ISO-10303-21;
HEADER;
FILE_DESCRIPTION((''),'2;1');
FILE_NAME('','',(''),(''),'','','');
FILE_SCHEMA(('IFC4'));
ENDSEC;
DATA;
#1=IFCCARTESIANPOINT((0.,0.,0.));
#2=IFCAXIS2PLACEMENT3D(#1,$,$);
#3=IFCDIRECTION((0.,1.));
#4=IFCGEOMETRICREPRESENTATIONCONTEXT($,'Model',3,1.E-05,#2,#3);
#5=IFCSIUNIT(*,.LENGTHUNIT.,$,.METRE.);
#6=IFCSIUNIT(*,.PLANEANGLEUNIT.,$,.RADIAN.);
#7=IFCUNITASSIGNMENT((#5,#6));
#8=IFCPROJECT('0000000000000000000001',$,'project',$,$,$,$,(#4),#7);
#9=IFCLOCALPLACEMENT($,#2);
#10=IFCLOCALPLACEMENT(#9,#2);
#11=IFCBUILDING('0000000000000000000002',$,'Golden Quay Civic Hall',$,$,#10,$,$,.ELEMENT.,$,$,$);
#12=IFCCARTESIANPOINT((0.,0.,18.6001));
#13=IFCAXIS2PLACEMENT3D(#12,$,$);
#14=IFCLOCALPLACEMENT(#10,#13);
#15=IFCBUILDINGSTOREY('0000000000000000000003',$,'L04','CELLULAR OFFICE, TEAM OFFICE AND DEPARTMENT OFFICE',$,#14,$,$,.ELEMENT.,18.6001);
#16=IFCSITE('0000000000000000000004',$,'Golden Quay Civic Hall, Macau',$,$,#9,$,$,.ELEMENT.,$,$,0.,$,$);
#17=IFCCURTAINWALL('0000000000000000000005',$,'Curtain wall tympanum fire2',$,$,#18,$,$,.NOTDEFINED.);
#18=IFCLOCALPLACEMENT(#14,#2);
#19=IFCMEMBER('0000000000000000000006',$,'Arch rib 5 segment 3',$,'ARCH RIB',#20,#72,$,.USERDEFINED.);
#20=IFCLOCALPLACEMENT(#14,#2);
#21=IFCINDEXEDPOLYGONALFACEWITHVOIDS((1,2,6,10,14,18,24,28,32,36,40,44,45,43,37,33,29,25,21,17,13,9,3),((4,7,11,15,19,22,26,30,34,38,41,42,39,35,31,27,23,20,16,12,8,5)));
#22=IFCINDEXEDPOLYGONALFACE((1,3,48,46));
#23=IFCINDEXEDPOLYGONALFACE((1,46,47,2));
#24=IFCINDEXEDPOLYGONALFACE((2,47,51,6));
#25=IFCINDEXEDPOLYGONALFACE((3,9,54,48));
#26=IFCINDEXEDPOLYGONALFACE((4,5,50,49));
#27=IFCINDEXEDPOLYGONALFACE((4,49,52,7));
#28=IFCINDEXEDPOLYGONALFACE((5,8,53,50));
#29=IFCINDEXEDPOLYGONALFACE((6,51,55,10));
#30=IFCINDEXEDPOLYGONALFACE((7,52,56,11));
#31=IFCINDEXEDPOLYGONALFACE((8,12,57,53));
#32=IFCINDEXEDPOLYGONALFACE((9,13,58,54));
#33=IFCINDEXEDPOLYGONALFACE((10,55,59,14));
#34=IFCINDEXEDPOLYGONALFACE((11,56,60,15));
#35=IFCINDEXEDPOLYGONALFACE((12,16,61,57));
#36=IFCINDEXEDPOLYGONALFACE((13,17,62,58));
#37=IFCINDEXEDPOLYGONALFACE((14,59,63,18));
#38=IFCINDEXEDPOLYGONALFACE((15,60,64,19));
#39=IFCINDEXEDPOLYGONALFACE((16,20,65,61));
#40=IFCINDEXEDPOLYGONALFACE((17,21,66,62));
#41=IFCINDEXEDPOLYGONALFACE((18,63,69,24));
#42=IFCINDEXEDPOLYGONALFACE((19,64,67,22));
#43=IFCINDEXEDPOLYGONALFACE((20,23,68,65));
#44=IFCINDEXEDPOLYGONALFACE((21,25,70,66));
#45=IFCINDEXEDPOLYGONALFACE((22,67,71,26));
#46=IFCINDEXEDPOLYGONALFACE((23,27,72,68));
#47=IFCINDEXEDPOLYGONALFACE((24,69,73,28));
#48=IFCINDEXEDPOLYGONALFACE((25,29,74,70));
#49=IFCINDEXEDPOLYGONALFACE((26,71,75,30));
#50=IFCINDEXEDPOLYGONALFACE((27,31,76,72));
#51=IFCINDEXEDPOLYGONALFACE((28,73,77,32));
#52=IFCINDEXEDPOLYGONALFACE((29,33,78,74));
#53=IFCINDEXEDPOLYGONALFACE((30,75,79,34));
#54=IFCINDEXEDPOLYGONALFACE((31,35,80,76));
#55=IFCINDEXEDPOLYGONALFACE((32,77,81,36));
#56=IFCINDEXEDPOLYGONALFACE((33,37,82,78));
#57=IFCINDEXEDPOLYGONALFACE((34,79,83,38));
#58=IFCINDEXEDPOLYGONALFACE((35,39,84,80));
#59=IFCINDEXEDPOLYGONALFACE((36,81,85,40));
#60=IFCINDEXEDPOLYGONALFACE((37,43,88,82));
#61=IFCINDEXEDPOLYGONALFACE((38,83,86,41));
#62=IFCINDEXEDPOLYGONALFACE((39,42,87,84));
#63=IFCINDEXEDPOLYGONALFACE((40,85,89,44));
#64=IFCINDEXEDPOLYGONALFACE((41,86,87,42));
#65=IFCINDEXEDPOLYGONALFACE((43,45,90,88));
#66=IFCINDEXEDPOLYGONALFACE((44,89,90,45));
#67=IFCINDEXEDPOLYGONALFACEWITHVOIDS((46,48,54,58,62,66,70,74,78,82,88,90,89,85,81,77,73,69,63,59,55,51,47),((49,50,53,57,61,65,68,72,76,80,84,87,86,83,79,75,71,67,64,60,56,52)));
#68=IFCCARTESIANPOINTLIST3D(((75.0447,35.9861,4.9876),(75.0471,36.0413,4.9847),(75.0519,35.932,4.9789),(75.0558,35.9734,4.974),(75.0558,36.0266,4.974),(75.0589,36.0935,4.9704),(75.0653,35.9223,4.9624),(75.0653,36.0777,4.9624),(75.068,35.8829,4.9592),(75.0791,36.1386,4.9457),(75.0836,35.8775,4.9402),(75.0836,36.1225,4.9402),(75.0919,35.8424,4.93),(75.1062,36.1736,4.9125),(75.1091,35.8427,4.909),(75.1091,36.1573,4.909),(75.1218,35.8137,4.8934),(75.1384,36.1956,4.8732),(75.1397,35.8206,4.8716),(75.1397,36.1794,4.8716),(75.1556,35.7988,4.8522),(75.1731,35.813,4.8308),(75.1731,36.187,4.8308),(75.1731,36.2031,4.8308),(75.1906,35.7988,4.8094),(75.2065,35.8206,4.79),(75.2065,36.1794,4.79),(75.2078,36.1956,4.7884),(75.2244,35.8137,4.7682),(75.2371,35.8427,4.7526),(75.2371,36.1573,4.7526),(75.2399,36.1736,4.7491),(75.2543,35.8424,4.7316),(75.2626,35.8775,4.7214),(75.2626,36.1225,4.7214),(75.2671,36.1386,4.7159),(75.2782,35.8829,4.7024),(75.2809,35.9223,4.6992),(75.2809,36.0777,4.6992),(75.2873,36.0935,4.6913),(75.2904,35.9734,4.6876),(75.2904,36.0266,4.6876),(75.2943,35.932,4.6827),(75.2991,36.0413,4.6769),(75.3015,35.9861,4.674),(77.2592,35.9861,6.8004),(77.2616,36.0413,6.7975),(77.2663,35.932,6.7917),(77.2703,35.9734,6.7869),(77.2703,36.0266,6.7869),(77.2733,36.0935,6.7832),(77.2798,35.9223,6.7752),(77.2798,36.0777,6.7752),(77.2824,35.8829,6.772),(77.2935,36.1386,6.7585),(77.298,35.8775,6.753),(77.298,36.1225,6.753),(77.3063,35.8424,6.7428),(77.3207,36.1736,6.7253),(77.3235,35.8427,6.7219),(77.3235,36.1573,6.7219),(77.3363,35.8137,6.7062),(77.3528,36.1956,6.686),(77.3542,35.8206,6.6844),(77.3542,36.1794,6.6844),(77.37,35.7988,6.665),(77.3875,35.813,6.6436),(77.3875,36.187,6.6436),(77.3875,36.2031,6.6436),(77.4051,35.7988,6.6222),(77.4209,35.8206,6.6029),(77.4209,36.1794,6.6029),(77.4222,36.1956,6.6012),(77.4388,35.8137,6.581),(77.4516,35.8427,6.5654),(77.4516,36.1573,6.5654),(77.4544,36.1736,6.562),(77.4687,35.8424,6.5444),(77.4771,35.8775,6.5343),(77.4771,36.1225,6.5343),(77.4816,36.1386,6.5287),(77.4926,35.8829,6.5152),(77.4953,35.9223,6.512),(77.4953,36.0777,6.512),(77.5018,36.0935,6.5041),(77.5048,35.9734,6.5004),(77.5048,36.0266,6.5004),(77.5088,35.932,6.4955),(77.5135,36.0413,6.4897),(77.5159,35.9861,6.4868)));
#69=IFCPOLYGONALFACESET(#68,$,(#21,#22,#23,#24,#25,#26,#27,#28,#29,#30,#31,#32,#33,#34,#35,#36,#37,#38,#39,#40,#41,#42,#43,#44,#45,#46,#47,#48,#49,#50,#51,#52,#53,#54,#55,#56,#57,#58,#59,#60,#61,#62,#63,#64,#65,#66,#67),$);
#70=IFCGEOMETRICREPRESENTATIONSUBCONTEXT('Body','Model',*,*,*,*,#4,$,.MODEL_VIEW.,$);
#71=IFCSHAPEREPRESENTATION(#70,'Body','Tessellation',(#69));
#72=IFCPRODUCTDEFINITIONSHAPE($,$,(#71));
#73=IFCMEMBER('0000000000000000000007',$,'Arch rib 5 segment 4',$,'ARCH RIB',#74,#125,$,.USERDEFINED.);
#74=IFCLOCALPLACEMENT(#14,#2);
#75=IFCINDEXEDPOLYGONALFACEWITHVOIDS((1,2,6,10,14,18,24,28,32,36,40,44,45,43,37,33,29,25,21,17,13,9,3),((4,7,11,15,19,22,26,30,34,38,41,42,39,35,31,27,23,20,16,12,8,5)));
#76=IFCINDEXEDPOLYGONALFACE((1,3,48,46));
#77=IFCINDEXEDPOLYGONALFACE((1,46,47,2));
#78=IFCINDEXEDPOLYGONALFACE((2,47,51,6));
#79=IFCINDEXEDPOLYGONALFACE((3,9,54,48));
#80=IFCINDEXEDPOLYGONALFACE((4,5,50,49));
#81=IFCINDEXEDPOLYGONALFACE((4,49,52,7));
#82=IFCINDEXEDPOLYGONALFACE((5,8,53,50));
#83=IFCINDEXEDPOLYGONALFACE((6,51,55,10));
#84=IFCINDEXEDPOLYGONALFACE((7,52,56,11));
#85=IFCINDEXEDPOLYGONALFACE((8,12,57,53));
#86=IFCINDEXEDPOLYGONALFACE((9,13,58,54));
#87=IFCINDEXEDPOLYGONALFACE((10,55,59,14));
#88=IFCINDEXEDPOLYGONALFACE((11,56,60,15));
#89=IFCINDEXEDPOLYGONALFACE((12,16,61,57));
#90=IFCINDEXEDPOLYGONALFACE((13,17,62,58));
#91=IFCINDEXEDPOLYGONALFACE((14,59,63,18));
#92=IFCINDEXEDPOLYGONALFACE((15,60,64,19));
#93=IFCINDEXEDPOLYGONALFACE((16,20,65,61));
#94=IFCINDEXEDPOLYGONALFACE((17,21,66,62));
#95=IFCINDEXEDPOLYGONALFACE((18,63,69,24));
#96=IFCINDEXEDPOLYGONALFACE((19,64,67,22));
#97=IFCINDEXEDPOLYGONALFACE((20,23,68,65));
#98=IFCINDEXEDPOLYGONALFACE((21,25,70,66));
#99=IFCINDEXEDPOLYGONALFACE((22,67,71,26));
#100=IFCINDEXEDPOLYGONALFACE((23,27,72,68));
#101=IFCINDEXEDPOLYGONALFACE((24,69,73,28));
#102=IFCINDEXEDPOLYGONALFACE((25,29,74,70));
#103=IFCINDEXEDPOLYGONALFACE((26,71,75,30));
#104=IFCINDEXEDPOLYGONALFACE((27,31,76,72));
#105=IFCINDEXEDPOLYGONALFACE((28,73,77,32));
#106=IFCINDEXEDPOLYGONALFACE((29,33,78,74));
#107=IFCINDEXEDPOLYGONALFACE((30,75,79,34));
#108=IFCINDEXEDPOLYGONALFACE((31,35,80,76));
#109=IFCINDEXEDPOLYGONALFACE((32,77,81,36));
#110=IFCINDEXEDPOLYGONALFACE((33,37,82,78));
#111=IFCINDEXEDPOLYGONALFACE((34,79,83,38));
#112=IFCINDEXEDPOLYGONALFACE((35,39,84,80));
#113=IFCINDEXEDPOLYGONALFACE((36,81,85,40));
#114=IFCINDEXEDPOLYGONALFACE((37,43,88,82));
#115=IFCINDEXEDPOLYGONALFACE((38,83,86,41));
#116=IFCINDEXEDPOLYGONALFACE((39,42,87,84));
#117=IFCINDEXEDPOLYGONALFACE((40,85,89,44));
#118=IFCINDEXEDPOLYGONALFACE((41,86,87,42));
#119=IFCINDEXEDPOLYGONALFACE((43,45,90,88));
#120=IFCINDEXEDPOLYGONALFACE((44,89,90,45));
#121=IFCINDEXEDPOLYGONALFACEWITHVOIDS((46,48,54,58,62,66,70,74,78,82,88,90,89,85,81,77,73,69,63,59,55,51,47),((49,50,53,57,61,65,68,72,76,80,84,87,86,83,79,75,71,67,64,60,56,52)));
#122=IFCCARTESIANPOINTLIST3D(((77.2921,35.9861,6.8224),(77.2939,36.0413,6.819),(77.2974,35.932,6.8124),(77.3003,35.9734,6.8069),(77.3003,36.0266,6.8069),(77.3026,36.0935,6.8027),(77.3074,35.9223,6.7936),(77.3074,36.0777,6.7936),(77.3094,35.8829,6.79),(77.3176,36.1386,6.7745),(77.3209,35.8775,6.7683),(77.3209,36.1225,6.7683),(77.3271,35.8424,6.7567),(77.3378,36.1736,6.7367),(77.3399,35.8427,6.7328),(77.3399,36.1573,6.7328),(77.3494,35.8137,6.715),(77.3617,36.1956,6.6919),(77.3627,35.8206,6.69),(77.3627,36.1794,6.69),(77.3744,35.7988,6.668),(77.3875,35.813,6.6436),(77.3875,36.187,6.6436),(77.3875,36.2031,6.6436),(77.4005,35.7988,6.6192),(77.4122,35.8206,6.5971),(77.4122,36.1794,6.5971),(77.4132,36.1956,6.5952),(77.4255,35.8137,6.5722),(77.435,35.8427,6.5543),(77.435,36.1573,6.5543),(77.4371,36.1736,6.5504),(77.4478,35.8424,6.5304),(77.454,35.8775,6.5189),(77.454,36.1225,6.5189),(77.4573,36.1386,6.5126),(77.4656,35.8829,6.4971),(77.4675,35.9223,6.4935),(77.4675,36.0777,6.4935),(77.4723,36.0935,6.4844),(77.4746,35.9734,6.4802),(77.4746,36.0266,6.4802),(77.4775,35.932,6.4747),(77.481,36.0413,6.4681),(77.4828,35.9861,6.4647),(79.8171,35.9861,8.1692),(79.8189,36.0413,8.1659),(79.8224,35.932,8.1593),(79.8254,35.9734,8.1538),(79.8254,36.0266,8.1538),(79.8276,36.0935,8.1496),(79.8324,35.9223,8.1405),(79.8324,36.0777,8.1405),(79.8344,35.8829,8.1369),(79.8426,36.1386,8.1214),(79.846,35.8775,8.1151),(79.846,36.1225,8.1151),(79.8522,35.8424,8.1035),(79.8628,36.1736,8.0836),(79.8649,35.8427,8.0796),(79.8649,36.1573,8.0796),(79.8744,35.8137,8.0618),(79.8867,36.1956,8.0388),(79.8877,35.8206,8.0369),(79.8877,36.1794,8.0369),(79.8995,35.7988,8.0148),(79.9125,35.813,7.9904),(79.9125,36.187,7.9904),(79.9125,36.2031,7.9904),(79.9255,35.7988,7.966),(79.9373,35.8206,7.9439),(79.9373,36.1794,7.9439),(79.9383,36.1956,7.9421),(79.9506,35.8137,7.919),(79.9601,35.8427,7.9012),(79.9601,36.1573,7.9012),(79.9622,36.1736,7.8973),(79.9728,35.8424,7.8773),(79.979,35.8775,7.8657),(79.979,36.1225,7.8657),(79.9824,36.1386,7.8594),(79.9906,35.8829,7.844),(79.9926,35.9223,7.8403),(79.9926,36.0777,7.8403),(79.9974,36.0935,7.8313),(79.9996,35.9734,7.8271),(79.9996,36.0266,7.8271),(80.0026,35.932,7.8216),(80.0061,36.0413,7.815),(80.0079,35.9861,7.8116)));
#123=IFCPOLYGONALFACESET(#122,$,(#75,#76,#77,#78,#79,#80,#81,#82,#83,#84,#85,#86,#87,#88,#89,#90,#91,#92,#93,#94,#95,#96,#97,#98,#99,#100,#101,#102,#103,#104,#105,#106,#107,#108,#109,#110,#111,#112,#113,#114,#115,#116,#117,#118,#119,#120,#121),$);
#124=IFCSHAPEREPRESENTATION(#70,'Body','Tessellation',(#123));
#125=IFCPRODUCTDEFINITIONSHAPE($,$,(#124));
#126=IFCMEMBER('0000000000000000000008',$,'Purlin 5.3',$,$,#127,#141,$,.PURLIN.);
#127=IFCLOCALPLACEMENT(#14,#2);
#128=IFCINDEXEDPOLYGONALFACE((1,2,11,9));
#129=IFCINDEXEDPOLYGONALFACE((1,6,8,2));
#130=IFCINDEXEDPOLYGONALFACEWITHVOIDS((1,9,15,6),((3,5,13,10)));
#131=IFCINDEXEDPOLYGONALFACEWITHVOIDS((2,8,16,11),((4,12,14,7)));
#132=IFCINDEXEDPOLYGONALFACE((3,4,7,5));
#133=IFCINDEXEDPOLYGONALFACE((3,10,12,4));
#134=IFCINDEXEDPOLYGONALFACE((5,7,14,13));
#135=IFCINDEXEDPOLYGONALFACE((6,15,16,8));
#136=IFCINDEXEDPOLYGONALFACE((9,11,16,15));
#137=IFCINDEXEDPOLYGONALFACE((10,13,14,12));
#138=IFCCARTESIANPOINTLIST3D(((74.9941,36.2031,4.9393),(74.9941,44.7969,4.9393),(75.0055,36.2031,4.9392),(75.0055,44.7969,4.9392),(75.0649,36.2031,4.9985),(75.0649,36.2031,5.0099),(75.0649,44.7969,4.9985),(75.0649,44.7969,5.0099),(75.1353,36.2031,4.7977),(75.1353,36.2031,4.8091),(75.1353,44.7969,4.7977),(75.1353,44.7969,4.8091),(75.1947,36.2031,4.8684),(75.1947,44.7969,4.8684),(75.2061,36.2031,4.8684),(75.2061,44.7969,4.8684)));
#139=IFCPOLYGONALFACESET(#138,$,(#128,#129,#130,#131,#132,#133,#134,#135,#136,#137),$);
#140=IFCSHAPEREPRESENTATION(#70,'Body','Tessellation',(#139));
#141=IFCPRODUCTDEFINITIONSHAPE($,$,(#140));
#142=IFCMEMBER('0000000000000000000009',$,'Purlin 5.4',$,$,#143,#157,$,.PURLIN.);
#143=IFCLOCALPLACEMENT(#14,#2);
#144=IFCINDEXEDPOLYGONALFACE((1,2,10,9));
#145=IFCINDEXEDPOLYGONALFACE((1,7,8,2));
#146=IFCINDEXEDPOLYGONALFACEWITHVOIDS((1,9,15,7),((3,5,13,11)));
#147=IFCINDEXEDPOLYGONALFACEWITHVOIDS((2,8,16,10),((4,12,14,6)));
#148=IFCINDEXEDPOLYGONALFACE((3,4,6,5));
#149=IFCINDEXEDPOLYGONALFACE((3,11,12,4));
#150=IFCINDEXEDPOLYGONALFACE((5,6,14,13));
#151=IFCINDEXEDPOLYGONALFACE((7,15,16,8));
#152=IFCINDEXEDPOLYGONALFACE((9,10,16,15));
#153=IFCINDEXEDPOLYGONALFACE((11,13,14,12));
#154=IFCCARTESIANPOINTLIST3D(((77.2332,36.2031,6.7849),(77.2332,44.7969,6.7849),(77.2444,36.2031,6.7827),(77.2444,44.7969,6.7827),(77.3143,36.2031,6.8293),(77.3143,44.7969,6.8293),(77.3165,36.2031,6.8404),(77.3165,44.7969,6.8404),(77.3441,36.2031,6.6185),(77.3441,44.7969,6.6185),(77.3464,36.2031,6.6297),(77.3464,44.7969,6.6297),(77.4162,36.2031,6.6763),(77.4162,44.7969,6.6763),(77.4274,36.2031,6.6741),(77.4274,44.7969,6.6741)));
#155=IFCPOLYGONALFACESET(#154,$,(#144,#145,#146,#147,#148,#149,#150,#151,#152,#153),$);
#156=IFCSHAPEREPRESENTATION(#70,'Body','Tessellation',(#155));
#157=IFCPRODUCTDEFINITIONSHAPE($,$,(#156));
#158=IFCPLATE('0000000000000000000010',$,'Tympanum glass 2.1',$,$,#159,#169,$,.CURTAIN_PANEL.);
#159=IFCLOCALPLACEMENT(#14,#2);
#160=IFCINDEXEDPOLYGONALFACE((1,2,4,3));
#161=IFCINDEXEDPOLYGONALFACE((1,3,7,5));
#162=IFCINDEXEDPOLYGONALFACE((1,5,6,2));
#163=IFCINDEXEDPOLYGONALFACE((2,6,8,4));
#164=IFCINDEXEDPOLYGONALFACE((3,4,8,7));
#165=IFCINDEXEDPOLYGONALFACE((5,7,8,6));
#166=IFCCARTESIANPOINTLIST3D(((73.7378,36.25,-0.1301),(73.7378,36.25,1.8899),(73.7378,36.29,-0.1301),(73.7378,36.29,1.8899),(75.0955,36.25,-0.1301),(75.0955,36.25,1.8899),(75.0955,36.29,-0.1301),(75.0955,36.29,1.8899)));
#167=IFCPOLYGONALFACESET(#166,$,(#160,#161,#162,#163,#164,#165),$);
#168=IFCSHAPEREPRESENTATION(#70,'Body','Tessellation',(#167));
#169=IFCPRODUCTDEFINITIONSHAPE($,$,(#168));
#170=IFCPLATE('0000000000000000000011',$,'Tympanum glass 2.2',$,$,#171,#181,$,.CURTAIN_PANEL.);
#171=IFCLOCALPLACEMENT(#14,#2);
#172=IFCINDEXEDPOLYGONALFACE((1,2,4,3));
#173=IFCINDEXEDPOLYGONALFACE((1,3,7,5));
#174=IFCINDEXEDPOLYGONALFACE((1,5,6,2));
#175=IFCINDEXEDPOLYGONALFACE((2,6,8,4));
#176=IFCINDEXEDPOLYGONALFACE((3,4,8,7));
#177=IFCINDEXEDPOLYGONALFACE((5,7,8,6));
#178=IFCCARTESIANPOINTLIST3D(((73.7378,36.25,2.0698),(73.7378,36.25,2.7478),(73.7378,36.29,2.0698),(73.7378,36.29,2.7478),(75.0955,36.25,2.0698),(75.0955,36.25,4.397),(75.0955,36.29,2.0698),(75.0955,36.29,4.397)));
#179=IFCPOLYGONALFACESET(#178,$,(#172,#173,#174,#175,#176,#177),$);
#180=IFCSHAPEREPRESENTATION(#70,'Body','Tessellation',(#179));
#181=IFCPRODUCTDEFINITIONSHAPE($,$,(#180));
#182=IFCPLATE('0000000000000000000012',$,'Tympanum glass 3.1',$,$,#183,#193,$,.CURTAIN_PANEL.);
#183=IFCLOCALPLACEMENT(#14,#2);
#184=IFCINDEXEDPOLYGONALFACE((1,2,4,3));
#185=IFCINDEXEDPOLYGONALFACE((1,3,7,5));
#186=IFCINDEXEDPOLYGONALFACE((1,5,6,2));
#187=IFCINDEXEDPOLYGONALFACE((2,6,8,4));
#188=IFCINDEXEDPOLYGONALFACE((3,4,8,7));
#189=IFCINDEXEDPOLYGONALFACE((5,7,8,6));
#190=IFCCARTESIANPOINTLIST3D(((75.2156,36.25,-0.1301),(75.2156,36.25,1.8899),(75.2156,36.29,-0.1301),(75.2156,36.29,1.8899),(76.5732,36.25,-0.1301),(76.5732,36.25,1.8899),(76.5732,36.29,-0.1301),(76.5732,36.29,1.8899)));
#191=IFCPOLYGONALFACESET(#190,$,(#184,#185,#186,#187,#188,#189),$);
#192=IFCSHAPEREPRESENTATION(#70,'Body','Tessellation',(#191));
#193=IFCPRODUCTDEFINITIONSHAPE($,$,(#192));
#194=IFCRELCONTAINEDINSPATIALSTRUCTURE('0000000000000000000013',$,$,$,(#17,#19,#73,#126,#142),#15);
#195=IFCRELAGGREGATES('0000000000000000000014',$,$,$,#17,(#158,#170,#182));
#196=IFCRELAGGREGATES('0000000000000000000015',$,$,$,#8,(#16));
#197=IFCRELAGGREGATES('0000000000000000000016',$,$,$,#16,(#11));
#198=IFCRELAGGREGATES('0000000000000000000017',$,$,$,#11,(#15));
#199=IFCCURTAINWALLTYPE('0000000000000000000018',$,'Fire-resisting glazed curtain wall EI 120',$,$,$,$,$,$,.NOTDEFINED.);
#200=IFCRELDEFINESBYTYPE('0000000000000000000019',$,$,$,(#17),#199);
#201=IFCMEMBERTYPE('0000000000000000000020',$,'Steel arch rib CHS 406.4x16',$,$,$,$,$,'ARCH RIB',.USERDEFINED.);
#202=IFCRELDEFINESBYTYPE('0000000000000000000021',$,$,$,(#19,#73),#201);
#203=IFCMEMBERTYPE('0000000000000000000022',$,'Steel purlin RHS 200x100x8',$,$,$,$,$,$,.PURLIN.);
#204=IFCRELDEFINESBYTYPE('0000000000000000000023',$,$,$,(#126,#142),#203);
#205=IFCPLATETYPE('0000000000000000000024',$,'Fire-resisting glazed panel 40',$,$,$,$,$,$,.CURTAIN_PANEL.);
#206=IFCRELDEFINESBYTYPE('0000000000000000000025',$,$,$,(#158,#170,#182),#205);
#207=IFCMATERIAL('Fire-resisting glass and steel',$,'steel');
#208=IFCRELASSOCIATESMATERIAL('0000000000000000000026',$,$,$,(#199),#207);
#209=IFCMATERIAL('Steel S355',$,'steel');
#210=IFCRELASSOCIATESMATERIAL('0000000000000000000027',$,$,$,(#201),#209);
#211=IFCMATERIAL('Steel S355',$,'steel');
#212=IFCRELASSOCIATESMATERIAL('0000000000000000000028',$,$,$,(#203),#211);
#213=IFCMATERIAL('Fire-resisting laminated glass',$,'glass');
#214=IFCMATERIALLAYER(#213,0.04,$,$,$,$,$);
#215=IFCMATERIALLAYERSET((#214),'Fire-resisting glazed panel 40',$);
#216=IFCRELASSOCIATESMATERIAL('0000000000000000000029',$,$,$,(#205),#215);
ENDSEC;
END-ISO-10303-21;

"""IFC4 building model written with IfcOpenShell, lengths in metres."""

from ifc_helpers import new_model, si_unit, direction, frame, origin, origin_2d, place, context, subcontext, project, spatial, polyline, hollow_rectangle, hollow_circle, outline, extrude, material, layer, layer_set, material_profile, profile_set, type_object, element, aggregate, save


model = new_model("IFC4")

# Units and contexts
model_context = context("Model", 3, precision=1e-05, world=origin(), true_north=direction((0.0, 1.0)))
body_context = subcontext(model_context, "Body", "Model", "MODEL_VIEW")
ifc_project = project(units=[si_unit("LENGTHUNIT", "METRE"), si_unit("PLANEANGLEUNIT", "RADIAN")], contexts=[model_context])

# Site, building, storey
site_placement = place(None, origin())
site = spatial("IfcSite", under=ifc_project, at=site_placement, Name="Golden Quay Civic Hall, Macau", CompositionType="ELEMENT", RefElevation=0.0)
building_placement = place(site_placement, origin())
building = spatial("IfcBuilding", under=site, at=building_placement, Name="Golden Quay Civic Hall", CompositionType="ELEMENT")
storey_placement = place(building_placement, frame((0.0, 0.0, 18.6001)))
storey = spatial("IfcBuildingStorey", under=building, at=storey_placement, Name="L04", Description="CELLULAR OFFICE, TEAM OFFICE AND DEPARTMENT OFFICE", CompositionType="ELEMENT", Elevation=18.6001)

# Curtain wall
ifc_material_1 = material(Name="Fire-resisting glass and steel", Category="steel")
curtain_wall_type = type_object("IfcCurtainWallType", Name="Fire-resisting glazed curtain wall EI 120", PredefinedType="NOTDEFINED", material=ifc_material_1)
curtain_wall_placement = place(storey_placement, origin())
curtain_wall = element("IfcCurtainWall", 1, at=curtain_wall_placement, inside=storey, type_object=curtain_wall_type, Name="Curtain wall tympanum fire2", PredefinedType="NOTDEFINED")

# Members
ifc_material_2 = material(Name="Steel S355", Category="steel")
ifc_material_profile_1 = material_profile(ifc_material_2, hollow_circle(Radius=0.2031, WallThickness=0.0161, at=origin_2d()), Name="CHS 406.4x16")
ifc_profile_set_1 = profile_set([ifc_material_profile_1], Name="Steel S355")
member_type_1 = type_object("IfcMemberType", Name="Steel arch rib CHS 406.4x16", ElementType="ARCH RIB", PredefinedType="USERDEFINED", material=ifc_profile_set_1)
for number, where, z_axis, x_axis, name in (
    (2, (75.1731, 36.0, 4.8308), (0.773786, 0.0, 0.633447), (0.0, 1.0, 0.0), "Arch rib 5 segment 3"),
    (3, (77.3875, 36.0, 6.6436), (0.882327, 0.0, 0.470637), (0.0, 1.0, 0.0), "Arch rib 5 segment 4"),
):
    element("IfcMember", number, at=place(storey_placement, frame(where, z_axis=z_axis, x_axis=x_axis)), inside=storey, type_object=member_type_1, Name=name, ObjectType="ARCH RIB", PredefinedType="USERDEFINED", context=body_context, shape_type="SweptSolid", body=[
        extrude(hollow_circle(Radius=0.2031, WallThickness=0.0161, at=origin_2d()), origin(), (0.0, 0.0, 1.0), 2.8618),
    ])
ifc_material_3 = material(Name="Steel S355", Category="steel")
ifc_material_profile_2 = material_profile(ifc_material_3, hollow_rectangle(XDim=0.1001, YDim=0.2, WallThickness=0.0081, at=origin_2d()), Name="RHS 200x100x8")
ifc_profile_set_2 = profile_set([ifc_material_profile_2], Name="Steel S355")
member_type_2 = type_object("IfcMemberType", Name="Steel purlin RHS 200x100x8", PredefinedType="PURLIN", material=ifc_profile_set_2)
for number, where, z_axis, x_axis, name in (
    (4, (75.1001, 36.2031, 4.9038), (0.0, 1.0, 0.0), (-0.708092, 0.0, -0.70612), "Purlin 5.3"),
    (5, (77.3303, 36.2031, 6.7295), (0.0, 1.0, 0.0), (-0.83205, 0.0, -0.5547), "Purlin 5.4"),
):
    element("IfcMember", number, at=place(storey_placement, frame(where, z_axis=z_axis, x_axis=x_axis)), inside=storey, type_object=member_type_2, Name=name, PredefinedType="PURLIN", context=body_context, shape_type="SweptSolid", body=[
        extrude(hollow_rectangle(XDim=0.1001, YDim=0.2, WallThickness=0.0081, at=origin_2d()), origin(), (0.0, 0.0, 1.0), 8.5938),
    ])

# Plates
ifc_material_4 = material(Name="Fire-resisting laminated glass", Category="glass")
ifc_layer_1 = layer(ifc_material_4, 0.04)
ifc_layer_set_1 = layer_set([ifc_layer_1], Name="Fire-resisting glazed panel 40")
plate_type_1 = type_object("IfcPlateType", Name="Fire-resisting glazed panel 40", PredefinedType="CURTAIN_PANEL", material=ifc_layer_set_1)
plate_1_placement = place(storey_placement, frame((75.0955, 36.29, -0.1301), z_axis=(0.0, 1.0, 0.0), x_axis=(-1.0, 0.0, 0.0)))
plate_1 = element("IfcPlate", 6, at=plate_1_placement, type_object=plate_type_1, Name="Tympanum glass 2.1", PredefinedType="CURTAIN_PANEL", context=body_context, shape_type="SweptSolid", body=[
    extrude(outline(polyline([(0.0, 0.0), (1.3577, 0.0), (1.3577, 2.02), (0.0, 2.02), (0.0, 0.0)])), origin(), (0.0, 0.0, -1.0), 0.04),
])
plate_2_placement = place(storey_placement, frame((75.0955, 36.29, 2.0698), z_axis=(0.0, 1.0, 0.0), x_axis=(-1.0, 0.0, 0.0)))
plate_2 = element("IfcPlate", 7, at=plate_2_placement, type_object=plate_type_1, Name="Tympanum glass 2.2", PredefinedType="CURTAIN_PANEL", context=body_context, shape_type="SweptSolid", body=[
    extrude(outline(polyline([(0.0, 0.0), (1.3577, 0.0), (1.3577, 0.678), (0.0, 2.3271), (0.0, 0.0)])), origin(), (0.0, 0.0, -1.0), 0.04),
])
plate_3_placement = place(storey_placement, frame((76.5732, 36.29, -0.1301), z_axis=(0.0, 1.0, 0.0), x_axis=(-1.0, 0.0, 0.0)))
plate_3 = element("IfcPlate", 8, at=plate_3_placement, type_object=plate_type_1, Name="Tympanum glass 3.1", PredefinedType="CURTAIN_PANEL", context=body_context, shape_type="SweptSolid", body=[
    extrude(outline(polyline([(0.0, 0.0), (1.3577, 0.0), (1.3577, 2.02), (0.0, 2.02), (0.0, 0.0)])), origin(), (0.0, 0.0, -1.0), 0.04),
])
aggregate(curtain_wall, [plate_1, plate_2, plate_3])

save(model, "model.ifc")
